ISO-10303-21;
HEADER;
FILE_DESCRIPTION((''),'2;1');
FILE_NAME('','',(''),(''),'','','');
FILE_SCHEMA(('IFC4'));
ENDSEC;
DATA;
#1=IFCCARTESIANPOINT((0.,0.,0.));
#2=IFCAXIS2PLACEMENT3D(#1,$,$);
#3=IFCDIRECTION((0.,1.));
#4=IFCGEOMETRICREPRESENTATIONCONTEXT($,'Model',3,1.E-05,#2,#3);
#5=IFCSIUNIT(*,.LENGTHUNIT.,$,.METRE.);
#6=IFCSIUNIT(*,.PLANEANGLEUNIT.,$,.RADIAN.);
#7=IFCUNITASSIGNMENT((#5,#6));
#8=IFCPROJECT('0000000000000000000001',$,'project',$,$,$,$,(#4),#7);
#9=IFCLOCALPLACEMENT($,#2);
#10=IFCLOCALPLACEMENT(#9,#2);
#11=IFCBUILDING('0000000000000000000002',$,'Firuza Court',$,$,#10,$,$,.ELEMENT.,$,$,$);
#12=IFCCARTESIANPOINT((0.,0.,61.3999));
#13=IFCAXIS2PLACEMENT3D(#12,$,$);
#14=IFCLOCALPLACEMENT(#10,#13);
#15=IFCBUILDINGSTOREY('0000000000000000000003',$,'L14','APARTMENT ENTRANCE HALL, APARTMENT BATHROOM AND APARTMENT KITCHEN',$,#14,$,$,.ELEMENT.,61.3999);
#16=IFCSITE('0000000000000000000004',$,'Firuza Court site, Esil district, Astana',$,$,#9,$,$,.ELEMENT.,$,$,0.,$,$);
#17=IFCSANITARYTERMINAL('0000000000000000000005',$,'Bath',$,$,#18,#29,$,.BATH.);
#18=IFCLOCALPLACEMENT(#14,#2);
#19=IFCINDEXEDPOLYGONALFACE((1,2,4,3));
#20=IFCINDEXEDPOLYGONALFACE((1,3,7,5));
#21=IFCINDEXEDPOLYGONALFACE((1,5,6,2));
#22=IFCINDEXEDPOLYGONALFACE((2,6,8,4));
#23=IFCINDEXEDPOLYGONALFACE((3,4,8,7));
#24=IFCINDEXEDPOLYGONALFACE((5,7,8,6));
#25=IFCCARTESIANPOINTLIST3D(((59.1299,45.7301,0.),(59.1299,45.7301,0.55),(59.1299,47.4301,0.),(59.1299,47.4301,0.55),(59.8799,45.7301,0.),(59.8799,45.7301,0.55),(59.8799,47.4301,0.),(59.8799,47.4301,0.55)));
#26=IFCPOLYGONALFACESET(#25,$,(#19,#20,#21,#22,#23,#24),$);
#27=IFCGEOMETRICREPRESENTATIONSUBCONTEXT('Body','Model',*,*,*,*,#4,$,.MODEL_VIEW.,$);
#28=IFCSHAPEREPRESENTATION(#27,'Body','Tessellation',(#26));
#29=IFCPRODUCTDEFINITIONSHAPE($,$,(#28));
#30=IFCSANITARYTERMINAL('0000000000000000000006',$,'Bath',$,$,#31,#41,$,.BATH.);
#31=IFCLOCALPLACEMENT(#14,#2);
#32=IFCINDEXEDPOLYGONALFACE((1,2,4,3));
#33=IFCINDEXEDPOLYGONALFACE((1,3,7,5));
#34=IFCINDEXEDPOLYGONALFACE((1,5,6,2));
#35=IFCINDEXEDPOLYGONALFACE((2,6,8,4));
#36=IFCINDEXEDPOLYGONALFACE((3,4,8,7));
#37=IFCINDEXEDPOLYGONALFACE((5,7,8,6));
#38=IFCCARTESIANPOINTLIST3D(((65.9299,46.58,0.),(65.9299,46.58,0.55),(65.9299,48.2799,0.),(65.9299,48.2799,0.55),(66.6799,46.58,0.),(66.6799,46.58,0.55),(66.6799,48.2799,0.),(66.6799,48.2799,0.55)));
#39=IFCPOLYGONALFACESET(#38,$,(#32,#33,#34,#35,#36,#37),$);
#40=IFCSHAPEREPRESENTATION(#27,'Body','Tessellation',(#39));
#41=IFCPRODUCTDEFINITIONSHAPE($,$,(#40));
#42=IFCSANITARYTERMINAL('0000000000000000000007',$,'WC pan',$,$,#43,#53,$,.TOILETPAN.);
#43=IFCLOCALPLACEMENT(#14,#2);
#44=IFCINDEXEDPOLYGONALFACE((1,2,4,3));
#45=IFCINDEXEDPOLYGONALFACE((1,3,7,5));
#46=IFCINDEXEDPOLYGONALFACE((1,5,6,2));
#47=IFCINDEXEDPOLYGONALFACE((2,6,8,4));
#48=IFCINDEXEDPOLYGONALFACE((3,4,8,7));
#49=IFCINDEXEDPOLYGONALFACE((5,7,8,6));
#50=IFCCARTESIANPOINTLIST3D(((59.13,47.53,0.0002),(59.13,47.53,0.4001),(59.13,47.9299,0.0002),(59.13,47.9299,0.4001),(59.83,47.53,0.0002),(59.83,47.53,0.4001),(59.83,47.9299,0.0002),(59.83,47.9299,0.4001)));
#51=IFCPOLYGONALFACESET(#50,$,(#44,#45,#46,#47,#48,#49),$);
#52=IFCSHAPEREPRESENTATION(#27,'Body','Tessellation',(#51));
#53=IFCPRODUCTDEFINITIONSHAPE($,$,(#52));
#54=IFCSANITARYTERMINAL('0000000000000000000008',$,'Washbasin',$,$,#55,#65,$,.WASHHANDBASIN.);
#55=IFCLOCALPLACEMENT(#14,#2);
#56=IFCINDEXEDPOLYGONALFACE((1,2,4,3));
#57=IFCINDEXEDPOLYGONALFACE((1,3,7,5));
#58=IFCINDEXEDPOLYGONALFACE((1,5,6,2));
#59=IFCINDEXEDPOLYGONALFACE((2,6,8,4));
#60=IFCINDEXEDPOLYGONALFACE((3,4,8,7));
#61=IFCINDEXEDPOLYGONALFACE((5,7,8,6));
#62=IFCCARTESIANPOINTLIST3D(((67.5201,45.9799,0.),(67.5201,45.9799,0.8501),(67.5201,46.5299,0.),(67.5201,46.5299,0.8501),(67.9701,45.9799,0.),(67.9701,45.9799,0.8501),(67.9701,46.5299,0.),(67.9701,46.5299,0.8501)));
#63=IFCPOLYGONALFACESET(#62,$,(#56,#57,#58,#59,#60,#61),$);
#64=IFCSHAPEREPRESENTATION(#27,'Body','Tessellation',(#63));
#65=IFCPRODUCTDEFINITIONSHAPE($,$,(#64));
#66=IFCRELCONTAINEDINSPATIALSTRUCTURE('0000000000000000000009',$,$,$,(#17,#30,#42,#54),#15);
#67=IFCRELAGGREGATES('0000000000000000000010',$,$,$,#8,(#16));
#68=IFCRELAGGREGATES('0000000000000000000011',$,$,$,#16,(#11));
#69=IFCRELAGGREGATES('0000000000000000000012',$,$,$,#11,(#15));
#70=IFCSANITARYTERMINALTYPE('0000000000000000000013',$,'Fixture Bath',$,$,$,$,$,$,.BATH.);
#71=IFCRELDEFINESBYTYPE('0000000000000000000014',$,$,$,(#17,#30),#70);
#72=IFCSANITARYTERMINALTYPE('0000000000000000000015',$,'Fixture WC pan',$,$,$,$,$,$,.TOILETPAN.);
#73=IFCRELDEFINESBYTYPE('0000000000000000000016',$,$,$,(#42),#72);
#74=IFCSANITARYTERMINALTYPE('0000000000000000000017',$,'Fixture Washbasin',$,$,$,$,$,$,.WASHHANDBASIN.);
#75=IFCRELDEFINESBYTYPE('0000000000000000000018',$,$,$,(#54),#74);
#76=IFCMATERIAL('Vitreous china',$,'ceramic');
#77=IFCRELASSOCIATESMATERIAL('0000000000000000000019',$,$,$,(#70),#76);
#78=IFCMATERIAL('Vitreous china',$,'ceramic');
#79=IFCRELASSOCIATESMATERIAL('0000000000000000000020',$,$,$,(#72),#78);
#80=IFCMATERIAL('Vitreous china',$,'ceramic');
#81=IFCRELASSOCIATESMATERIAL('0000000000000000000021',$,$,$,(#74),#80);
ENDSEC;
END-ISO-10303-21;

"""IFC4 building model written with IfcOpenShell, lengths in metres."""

from ifc_helpers import new_model, si_unit, direction, frame, origin, origin_2d, place, context, subcontext, project, spatial, rectangle, extrude, material, type_object, element, save


model = new_model("IFC4")

# Units and contexts
model_context = context("Model", 3, precision=1e-05, world=origin(), true_north=direction((0.0, 1.0)))
body_context = subcontext(model_context, "Body", "Model", "MODEL_VIEW")
ifc_project = project(units=[si_unit("LENGTHUNIT", "METRE"), si_unit("PLANEANGLEUNIT", "RADIAN")], contexts=[model_context])

# Site, building, storey
site_placement = place(None, origin())
site = spatial("IfcSite", under=ifc_project, at=site_placement, Name="Firuza Court site, Esil district, Astana", CompositionType="ELEMENT", RefElevation=0.0)
building_placement = place(site_placement, origin())
building = spatial("IfcBuilding", under=site, at=building_placement, Name="Firuza Court", CompositionType="ELEMENT")
storey_placement = place(building_placement, frame((0.0, 0.0, 61.3999)))
storey = spatial("IfcBuildingStorey", under=building, at=storey_placement, Name="L14", Description="APARTMENT ENTRANCE HALL, APARTMENT BATHROOM AND APARTMENT KITCHEN", CompositionType="ELEMENT", Elevation=61.3999)

# Sanitary terminals
ifc_material_1 = material(Name="Vitreous china", Category="ceramic")
sanitary_terminal_type_1 = type_object("IfcSanitaryTerminalType", Name="Fixture Bath", PredefinedType="BATH", material=ifc_material_1)
for number, where, z_axis, x_axis, name in (
    (1, (59.5049, 46.5801, 0.0), (0.0, 0.0, 1.0), (1.0, 0.0, 0.0), "Bath"),
    (2, (66.3049, 47.4299, 0.0), (0.0, 0.0, 1.0), (1.0, 0.0, 0.0), "Bath"),
):
    element("IfcSanitaryTerminal", number, at=place(storey_placement, frame(where, z_axis=z_axis, x_axis=x_axis)), inside=storey, type_object=sanitary_terminal_type_1, Name=name, PredefinedType="BATH", context=body_context, shape_type="SweptSolid", body=[
        extrude(rectangle(XDim=0.75, YDim=1.7, at=origin_2d()), origin(), (0.0, 0.0, 1.0), 0.55),
    ])
ifc_material_2 = material(Name="Vitreous china", Category="ceramic")
sanitary_terminal_type_2 = type_object("IfcSanitaryTerminalType", Name="Fixture WC pan", PredefinedType="TOILETPAN", material=ifc_material_2)
sanitary_terminal_1_placement = place(storey_placement, frame((59.48, 47.73, 0.0002), z_axis=(0.0, 0.0, 1.0), x_axis=(1.0, 0.0, 0.0)))
element("IfcSanitaryTerminal", 3, at=sanitary_terminal_1_placement, inside=storey, type_object=sanitary_terminal_type_2, Name="WC pan", PredefinedType="TOILETPAN", context=body_context, shape_type="SweptSolid", body=[
    extrude(rectangle(XDim=0.7, YDim=0.3999, at=origin_2d()), origin(), (0.0, 0.0, 1.0), 0.3999),
])
ifc_material_3 = material(Name="Vitreous china", Category="ceramic")
sanitary_terminal_type_3 = type_object("IfcSanitaryTerminalType", Name="Fixture Washbasin", PredefinedType="WASHHANDBASIN", material=ifc_material_3)
sanitary_terminal_2_placement = place(storey_placement, frame((67.7451, 46.2549, 0.0), z_axis=(0.0, 0.0, 1.0), x_axis=(1.0, 0.0, 0.0)))
element("IfcSanitaryTerminal", 4, at=sanitary_terminal_2_placement, inside=storey, type_object=sanitary_terminal_type_3, Name="Washbasin", PredefinedType="WASHHANDBASIN", context=body_context, shape_type="SweptSolid", body=[
    extrude(rectangle(XDim=0.45, YDim=0.55, at=origin_2d()), origin(), (0.0, 0.0, 1.0), 0.8501),
])

save(model, "model.ifc")
